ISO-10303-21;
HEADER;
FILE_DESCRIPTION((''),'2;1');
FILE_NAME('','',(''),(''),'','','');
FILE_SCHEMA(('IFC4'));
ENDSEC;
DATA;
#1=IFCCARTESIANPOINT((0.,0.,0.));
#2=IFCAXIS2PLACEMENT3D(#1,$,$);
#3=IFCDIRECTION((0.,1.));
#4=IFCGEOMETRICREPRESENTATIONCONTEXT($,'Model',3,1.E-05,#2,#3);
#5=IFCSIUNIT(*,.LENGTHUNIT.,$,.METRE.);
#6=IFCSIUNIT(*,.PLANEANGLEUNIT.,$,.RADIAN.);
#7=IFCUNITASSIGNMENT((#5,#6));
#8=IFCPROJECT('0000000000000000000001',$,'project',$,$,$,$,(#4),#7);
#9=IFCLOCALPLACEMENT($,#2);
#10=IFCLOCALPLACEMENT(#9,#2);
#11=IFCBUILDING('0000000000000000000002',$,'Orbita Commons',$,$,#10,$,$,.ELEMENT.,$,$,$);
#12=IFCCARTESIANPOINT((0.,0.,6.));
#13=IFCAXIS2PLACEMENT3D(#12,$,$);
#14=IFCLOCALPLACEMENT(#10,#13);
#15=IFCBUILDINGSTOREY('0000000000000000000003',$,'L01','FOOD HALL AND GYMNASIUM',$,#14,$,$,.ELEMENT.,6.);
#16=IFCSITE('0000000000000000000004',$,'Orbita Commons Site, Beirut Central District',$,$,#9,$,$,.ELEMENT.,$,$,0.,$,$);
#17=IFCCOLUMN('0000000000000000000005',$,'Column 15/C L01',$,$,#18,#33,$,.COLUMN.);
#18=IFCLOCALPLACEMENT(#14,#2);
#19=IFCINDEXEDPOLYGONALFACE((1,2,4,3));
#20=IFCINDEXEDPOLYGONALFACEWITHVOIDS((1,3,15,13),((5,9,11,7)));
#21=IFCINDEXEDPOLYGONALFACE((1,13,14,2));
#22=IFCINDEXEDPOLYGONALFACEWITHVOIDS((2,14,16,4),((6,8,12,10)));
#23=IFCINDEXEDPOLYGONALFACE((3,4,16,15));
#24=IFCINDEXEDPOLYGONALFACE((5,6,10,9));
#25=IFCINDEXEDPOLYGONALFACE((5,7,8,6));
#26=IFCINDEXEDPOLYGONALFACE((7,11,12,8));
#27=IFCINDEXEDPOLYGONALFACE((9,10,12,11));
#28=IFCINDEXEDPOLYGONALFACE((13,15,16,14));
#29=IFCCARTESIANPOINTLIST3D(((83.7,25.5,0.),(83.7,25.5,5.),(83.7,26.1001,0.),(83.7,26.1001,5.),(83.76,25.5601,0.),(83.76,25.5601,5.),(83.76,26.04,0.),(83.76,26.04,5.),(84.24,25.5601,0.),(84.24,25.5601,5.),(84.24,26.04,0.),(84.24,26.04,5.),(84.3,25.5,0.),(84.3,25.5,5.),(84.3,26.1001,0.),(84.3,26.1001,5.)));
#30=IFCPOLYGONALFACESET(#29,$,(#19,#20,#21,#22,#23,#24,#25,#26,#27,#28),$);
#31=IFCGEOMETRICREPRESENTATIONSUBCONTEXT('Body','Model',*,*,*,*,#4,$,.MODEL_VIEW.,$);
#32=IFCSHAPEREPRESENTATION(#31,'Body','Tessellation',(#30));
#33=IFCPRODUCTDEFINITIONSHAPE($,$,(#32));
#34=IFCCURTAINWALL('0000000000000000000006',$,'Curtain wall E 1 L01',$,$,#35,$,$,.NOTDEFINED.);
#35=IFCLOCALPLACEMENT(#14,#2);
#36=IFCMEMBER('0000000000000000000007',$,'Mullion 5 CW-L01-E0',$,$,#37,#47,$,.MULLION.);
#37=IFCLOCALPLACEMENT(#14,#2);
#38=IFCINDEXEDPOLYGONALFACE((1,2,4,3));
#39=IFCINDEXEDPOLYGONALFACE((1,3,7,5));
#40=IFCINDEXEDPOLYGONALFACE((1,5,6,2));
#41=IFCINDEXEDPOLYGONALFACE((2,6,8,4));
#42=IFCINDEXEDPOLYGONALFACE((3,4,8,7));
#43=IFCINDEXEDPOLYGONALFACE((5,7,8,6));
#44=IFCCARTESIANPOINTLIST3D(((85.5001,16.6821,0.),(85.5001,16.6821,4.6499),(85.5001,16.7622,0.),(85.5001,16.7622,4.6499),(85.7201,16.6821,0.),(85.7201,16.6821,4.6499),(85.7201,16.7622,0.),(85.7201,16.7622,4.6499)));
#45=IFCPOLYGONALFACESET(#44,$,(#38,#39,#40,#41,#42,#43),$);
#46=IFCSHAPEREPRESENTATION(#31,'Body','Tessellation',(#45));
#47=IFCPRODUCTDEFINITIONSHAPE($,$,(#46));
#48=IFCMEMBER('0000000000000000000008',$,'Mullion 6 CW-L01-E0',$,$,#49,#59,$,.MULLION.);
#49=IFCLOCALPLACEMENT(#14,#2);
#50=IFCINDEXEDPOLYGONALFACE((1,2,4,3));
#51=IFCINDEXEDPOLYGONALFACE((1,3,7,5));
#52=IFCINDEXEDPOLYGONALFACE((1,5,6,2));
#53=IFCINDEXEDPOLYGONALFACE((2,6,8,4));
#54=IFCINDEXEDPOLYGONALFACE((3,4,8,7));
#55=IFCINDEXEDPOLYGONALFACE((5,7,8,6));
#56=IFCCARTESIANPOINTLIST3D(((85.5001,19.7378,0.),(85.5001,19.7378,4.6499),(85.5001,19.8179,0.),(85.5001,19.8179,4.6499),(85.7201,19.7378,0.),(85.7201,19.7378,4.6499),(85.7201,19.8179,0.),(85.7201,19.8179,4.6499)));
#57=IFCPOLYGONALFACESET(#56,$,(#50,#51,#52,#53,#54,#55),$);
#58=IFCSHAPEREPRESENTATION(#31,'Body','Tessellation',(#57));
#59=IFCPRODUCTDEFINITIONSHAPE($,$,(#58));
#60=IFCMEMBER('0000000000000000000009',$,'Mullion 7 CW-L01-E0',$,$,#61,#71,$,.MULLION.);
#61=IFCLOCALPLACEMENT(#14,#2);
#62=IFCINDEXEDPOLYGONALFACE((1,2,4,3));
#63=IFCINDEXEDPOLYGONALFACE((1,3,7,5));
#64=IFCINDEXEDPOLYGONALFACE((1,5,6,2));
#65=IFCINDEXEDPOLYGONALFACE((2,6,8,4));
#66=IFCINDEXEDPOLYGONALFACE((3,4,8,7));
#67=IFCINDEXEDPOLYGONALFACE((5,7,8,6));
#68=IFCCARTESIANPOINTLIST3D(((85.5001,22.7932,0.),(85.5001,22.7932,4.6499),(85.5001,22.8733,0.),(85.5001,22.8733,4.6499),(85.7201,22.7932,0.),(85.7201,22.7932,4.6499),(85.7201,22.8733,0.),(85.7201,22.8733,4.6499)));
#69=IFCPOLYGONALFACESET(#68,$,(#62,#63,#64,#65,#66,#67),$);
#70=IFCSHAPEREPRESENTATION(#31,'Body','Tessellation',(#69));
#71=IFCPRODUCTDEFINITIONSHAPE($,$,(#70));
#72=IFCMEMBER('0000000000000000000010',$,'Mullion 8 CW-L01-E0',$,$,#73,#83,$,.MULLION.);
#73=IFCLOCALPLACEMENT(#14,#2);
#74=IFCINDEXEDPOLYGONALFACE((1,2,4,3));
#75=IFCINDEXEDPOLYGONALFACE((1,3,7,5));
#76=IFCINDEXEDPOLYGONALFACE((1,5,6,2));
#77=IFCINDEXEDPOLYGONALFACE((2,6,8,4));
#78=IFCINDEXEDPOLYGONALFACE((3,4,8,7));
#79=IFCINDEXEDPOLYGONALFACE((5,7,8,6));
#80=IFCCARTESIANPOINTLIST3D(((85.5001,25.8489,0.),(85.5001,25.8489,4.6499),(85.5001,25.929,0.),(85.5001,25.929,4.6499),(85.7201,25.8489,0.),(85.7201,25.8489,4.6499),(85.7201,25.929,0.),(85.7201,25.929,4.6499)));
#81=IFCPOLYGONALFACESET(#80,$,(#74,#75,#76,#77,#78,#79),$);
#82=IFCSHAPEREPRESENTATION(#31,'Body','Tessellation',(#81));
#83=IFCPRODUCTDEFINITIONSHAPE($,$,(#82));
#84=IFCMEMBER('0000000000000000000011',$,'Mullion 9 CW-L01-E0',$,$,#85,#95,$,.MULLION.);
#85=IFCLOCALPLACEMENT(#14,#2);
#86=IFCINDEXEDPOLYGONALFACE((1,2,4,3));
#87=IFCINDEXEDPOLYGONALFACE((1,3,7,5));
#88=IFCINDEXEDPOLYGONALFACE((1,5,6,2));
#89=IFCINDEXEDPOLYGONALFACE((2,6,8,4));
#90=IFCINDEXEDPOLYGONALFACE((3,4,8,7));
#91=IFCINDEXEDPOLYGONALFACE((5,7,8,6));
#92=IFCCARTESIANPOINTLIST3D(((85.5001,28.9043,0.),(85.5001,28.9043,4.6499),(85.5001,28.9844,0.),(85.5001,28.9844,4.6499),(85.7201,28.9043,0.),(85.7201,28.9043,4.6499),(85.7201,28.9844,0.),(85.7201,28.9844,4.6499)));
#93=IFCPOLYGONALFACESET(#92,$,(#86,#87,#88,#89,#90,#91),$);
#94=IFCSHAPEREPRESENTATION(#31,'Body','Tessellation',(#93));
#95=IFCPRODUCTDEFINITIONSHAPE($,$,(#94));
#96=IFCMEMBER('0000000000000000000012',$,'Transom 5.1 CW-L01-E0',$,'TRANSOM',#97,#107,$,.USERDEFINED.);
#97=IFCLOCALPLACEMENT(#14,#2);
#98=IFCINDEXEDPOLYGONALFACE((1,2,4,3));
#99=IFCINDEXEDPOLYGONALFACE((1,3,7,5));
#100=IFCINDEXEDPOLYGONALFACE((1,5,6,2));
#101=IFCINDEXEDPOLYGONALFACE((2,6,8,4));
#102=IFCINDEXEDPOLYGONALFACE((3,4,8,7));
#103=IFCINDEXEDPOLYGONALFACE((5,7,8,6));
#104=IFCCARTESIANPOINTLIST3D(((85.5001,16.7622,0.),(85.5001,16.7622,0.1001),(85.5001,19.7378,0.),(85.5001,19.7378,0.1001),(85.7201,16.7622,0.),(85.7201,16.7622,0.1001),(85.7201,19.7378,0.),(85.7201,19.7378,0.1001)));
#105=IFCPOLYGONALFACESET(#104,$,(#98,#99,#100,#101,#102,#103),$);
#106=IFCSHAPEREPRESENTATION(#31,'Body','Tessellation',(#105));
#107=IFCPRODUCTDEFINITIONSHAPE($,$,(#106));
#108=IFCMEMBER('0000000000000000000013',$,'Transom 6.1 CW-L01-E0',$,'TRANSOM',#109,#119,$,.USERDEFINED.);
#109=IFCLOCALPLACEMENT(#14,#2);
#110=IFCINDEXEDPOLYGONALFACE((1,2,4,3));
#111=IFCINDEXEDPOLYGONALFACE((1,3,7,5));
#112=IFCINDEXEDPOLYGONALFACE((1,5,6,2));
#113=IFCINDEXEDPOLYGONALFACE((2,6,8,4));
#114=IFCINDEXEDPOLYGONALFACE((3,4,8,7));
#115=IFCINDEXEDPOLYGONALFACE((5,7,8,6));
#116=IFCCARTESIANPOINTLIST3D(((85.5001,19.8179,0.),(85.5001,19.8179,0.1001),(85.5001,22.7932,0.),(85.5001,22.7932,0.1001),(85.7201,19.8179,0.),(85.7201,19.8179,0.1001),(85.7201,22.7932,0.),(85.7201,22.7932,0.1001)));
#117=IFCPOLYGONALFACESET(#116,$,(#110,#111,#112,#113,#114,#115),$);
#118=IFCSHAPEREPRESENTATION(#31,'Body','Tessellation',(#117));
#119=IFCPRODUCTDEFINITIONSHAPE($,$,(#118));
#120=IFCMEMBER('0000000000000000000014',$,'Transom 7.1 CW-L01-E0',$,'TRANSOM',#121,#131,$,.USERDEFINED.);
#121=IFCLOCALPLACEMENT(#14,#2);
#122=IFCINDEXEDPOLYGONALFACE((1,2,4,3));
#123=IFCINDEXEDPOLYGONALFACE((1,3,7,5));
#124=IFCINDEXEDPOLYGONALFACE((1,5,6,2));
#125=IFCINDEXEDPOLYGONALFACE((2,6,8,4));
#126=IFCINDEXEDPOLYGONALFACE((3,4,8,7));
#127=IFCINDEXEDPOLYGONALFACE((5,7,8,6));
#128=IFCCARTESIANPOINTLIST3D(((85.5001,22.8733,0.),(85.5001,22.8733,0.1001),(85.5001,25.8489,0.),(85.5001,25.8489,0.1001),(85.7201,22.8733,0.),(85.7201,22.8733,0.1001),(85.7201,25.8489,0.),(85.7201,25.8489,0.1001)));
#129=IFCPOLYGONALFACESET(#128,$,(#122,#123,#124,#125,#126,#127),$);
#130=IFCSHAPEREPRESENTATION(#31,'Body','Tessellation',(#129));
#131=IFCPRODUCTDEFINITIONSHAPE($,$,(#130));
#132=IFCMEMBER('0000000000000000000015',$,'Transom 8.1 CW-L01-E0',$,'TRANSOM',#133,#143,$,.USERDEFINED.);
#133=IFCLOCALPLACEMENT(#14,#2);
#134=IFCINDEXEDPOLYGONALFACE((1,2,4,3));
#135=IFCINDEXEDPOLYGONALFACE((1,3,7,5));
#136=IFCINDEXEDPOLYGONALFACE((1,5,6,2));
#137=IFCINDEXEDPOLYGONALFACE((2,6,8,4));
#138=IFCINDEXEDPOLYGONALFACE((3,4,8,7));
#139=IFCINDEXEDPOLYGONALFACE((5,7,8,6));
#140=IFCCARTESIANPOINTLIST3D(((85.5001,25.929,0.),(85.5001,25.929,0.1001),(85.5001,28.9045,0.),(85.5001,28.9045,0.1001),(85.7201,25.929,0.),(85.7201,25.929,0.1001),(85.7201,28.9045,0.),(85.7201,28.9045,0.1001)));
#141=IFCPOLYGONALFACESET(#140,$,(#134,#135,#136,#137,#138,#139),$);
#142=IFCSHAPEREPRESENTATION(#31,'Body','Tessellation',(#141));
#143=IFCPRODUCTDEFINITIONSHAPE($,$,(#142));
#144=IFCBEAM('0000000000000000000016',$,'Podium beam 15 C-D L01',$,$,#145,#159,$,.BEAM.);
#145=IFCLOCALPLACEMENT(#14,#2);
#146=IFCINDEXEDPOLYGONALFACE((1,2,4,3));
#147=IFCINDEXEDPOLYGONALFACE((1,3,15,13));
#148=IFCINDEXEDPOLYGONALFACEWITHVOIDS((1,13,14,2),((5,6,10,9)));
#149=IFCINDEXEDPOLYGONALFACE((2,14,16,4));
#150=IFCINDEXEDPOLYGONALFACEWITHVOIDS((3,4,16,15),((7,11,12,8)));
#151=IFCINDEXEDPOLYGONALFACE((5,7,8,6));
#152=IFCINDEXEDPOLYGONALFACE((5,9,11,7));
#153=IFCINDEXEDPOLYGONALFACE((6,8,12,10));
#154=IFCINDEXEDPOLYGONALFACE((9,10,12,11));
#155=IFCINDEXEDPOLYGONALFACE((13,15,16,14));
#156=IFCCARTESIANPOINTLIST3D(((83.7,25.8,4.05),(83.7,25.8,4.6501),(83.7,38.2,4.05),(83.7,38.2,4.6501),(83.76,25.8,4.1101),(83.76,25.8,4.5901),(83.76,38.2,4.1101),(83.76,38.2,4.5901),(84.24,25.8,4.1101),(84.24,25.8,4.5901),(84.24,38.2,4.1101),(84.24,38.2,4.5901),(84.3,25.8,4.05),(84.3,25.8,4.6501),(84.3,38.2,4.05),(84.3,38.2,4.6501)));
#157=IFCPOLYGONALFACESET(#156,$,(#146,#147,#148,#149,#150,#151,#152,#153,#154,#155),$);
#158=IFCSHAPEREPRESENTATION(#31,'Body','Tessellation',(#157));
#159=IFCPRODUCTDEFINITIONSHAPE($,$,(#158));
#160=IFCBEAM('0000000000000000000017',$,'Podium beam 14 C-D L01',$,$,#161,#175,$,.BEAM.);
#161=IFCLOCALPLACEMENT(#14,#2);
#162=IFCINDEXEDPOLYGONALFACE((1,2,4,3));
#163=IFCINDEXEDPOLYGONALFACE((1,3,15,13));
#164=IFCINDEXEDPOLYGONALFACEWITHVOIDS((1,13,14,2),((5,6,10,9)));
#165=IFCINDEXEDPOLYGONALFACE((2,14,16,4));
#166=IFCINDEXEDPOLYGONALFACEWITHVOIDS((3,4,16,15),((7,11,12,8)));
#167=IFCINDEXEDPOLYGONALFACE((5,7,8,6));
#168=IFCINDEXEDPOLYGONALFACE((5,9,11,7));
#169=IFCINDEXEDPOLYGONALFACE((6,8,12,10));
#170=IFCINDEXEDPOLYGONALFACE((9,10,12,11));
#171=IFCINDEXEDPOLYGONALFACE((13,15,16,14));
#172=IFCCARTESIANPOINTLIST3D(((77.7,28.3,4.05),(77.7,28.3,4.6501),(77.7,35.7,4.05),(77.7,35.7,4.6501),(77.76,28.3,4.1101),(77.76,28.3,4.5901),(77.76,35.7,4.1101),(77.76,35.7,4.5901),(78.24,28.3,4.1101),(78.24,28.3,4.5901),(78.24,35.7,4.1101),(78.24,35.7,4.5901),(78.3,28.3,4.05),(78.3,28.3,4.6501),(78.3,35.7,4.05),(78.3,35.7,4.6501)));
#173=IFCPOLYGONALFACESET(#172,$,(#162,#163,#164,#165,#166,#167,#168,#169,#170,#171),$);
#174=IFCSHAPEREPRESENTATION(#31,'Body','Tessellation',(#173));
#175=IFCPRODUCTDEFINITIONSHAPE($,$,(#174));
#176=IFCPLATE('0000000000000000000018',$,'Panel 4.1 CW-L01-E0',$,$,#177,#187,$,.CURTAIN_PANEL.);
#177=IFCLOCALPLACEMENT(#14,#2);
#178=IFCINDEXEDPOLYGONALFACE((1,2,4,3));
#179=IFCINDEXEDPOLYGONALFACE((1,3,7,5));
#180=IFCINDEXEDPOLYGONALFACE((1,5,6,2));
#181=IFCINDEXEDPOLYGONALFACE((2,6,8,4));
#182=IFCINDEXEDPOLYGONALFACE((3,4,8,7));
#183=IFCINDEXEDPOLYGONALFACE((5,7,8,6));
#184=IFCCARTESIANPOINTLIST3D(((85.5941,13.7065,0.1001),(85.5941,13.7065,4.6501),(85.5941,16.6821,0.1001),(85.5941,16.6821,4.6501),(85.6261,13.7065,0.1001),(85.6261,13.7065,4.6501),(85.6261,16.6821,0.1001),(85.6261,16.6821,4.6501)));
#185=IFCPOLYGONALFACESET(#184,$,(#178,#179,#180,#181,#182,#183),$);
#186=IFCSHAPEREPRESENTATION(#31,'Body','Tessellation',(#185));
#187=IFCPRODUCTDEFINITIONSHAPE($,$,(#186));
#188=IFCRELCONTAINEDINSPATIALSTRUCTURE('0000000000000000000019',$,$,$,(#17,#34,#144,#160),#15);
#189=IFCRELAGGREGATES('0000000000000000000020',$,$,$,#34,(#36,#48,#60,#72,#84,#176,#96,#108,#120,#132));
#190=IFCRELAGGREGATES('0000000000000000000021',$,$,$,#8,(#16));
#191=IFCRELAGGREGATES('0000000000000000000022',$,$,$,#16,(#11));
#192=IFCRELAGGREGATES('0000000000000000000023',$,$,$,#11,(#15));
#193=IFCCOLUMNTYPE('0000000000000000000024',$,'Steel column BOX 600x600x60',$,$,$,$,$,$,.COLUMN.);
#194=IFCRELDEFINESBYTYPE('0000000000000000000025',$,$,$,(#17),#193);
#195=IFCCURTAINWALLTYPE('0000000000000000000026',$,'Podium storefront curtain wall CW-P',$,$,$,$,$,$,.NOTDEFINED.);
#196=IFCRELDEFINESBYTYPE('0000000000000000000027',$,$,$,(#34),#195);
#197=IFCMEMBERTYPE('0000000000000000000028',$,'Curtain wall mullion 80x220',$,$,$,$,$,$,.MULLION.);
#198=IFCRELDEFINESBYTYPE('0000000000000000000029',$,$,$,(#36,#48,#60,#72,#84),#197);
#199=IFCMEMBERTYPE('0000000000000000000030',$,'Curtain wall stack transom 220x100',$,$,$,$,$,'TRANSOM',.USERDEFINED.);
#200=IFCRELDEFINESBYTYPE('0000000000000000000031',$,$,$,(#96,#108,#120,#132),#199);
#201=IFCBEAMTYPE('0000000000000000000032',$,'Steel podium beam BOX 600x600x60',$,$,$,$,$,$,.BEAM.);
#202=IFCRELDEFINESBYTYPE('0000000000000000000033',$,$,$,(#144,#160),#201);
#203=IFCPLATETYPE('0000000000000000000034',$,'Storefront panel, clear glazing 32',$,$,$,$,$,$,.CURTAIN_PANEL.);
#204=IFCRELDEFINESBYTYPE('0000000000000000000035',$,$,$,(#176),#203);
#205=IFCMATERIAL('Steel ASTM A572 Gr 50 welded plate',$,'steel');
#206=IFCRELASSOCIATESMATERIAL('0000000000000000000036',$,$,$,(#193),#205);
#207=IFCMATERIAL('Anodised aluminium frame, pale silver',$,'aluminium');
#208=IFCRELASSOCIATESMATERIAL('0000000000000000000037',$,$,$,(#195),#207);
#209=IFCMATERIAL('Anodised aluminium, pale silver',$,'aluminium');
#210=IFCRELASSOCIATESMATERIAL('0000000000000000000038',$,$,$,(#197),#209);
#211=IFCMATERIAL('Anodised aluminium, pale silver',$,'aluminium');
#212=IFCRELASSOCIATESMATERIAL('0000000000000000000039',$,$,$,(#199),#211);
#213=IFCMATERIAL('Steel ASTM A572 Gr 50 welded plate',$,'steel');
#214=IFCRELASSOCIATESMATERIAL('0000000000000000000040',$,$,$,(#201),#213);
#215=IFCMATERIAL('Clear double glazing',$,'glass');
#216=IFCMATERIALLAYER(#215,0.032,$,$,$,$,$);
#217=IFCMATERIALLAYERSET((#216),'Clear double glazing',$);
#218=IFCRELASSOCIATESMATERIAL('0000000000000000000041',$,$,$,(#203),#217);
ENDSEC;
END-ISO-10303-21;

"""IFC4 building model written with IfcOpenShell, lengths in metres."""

from ifc_helpers import new_model, si_unit, direction, frame, origin, origin_2d, place, context, subcontext, project, spatial, rectangle, hollow_rectangle, extrude, material, layer, layer_set, material_profile, profile_set, type_object, element, aggregate, save


model = new_model("IFC4")

# Units and contexts
model_context = context("Model", 3, precision=1e-05, world=origin(), true_north=direction((0.0, 1.0)))
body_context = subcontext(model_context, "Body", "Model", "MODEL_VIEW")
ifc_project = project(units=[si_unit("LENGTHUNIT", "METRE"), si_unit("PLANEANGLEUNIT", "RADIAN")], contexts=[model_context])

# Site, building, storey
site_placement = place(None, origin())
site = spatial("IfcSite", under=ifc_project, at=site_placement, Name="Orbita Commons Site, Beirut Central District", CompositionType="ELEMENT", RefElevation=0.0)
building_placement = place(site_placement, origin())
building = spatial("IfcBuilding", under=site, at=building_placement, Name="Orbita Commons", CompositionType="ELEMENT")
storey_placement = place(building_placement, frame((0.0, 0.0, 6.0)))
storey = spatial("IfcBuildingStorey", under=building, at=storey_placement, Name="L01", Description="FOOD HALL AND GYMNASIUM", CompositionType="ELEMENT", Elevation=6.0)

# Column
ifc_material_1 = material(Name="Steel ASTM A572 Gr 50 welded plate", Category="steel")
ifc_material_profile_1 = material_profile(ifc_material_1, hollow_rectangle(XDim=0.6001, YDim=0.6001, WallThickness=0.0601, at=origin_2d()), Name="BOX 600x600x60")
ifc_profile_set_1 = profile_set([ifc_material_profile_1], Name="Steel ASTM A572 Gr 50 welded plate")
column_type = type_object("IfcColumnType", Name="Steel column BOX 600x600x60", PredefinedType="COLUMN", material=ifc_profile_set_1)
column_placement = place(storey_placement, frame((84.0, 25.8, 0.0), z_axis=(0.0, 0.0, 1.0), x_axis=(1.0, 0.0, 0.0)))
element("IfcColumn", 1, at=column_placement, inside=storey, type_object=column_type, Name="Column 15/C L01", PredefinedType="COLUMN", context=body_context, shape_type="SweptSolid", body=[
    extrude(hollow_rectangle(XDim=0.6001, YDim=0.6001, WallThickness=0.0601, at=origin_2d()), origin(), (0.0, 0.0, 1.0), 5.0),
])

# Curtain wall, members
ifc_material_2 = material(Name="Anodised aluminium frame, pale silver", Category="aluminium")
curtain_wall_type = type_object("IfcCurtainWallType", Name="Podium storefront curtain wall CW-P", PredefinedType="NOTDEFINED", material=ifc_material_2)
curtain_wall_placement = place(storey_placement, origin())
curtain_wall = element("IfcCurtainWall", 2, at=curtain_wall_placement, inside=storey, type_object=curtain_wall_type, Name="Curtain wall E 1 L01", PredefinedType="NOTDEFINED")
ifc_material_3 = material(Name="Anodised aluminium, pale silver", Category="aluminium")
ifc_material_profile_2 = material_profile(ifc_material_3, rectangle(XDim=0.0801, YDim=0.22, at=origin_2d()), Name="AL 80x220")
ifc_profile_set_2 = profile_set([ifc_material_profile_2], Name="Anodised aluminium, pale silver")
member_type_1 = type_object("IfcMemberType", Name="Curtain wall mullion 80x220", PredefinedType="MULLION", material=ifc_profile_set_2)
member_1_placement = place(storey_placement, frame((85.6101, 16.7222, 0.0), z_axis=(0.0, 0.0, 1.0), x_axis=(0.0, 1.0, 0.0)))
member_1 = element("IfcMember", 3, at=member_1_placement, type_object=member_type_1, Name="Mullion 5 CW-L01-E0", PredefinedType="MULLION", context=body_context, shape_type="SweptSolid", body=[
    extrude(rectangle(XDim=0.0801, YDim=0.22, at=origin_2d()), origin(), (0.0, 0.0, 1.0), 4.6499),
])
member_2_placement = place(storey_placement, frame((85.6101, 19.7778, 0.0), z_axis=(0.0, 0.0, 1.0), x_axis=(0.0, 1.0, 0.0)))
member_2 = element("IfcMember", 4, at=member_2_placement, type_object=member_type_1, Name="Mullion 6 CW-L01-E0", PredefinedType="MULLION", context=body_context, shape_type="SweptSolid", body=[
    extrude(rectangle(XDim=0.0801, YDim=0.22, at=origin_2d()), origin(), (0.0, 0.0, 1.0), 4.6499),
])
member_3_placement = place(storey_placement, frame((85.6101, 22.8333, 0.0), z_axis=(0.0, 0.0, 1.0), x_axis=(0.0, 1.0, 0.0)))
member_3 = element("IfcMember", 5, at=member_3_placement, type_object=member_type_1, Name="Mullion 7 CW-L01-E0", PredefinedType="MULLION", context=body_context, shape_type="SweptSolid", body=[
    extrude(rectangle(XDim=0.0801, YDim=0.22, at=origin_2d()), origin(), (0.0, 0.0, 1.0), 4.6499),
])
member_4_placement = place(storey_placement, frame((85.6101, 25.8889, 0.0), z_axis=(0.0, 0.0, 1.0), x_axis=(0.0, 1.0, 0.0)))
member_4 = element("IfcMember", 6, at=member_4_placement, type_object=member_type_1, Name="Mullion 8 CW-L01-E0", PredefinedType="MULLION", context=body_context, shape_type="SweptSolid", body=[
    extrude(rectangle(XDim=0.0801, YDim=0.22, at=origin_2d()), origin(), (0.0, 0.0, 1.0), 4.6499),
])
member_5_placement = place(storey_placement, frame((85.6101, 28.9443, 0.0), z_axis=(0.0, 0.0, 1.0), x_axis=(0.0, 1.0, 0.0)))
member_5 = element("IfcMember", 7, at=member_5_placement, type_object=member_type_1, Name="Mullion 9 CW-L01-E0", PredefinedType="MULLION", context=body_context, shape_type="SweptSolid", body=[
    extrude(rectangle(XDim=0.0801, YDim=0.22, at=origin_2d()), origin(), (0.0, 0.0, 1.0), 4.6499),
])
ifc_material_4 = material(Name="Anodised aluminium, pale silver", Category="aluminium")
ifc_material_profile_3 = material_profile(ifc_material_4, rectangle(XDim=0.22, YDim=0.1001, at=origin_2d()), Name="AL 220x100")
ifc_profile_set_3 = profile_set([ifc_material_profile_3], Name="Anodised aluminium, pale silver")
member_type_2 = type_object("IfcMemberType", Name="Curtain wall stack transom 220x100", ElementType="TRANSOM", PredefinedType="USERDEFINED", material=ifc_profile_set_3)
member_6_placement = place(storey_placement, frame((85.6101, 16.7622, 0.05), z_axis=(0.0, 1.0, 0.0), x_axis=(-1.0, 0.0, 0.0)))
member_6 = element("IfcMember", 8, at=member_6_placement, type_object=member_type_2, Name="Transom 5.1 CW-L01-E0", ObjectType="TRANSOM", PredefinedType="USERDEFINED", context=body_context, shape_type="SweptSolid", body=[
    extrude(rectangle(XDim=0.22, YDim=0.1001, at=origin_2d()), origin(), (0.0, 0.0, 1.0), 2.9756),
])
member_7_placement = place(storey_placement, frame((85.6101, 19.8179, 0.05), z_axis=(0.0, 1.0, 0.0), x_axis=(-1.0, 0.0, 0.0)))
member_7 = element("IfcMember", 9, at=member_7_placement, type_object=member_type_2, Name="Transom 6.1 CW-L01-E0", ObjectType="TRANSOM", PredefinedType="USERDEFINED", context=body_context, shape_type="SweptSolid", body=[
    extrude(rectangle(XDim=0.22, YDim=0.1001, at=origin_2d()), origin(), (0.0, 0.0, 1.0), 2.9753),
])
member_8_placement = place(storey_placement, frame((85.6101, 22.8733, 0.05), z_axis=(0.0, 1.0, 0.0), x_axis=(-1.0, 0.0, 0.0)))
member_8 = element("IfcMember", 10, at=member_8_placement, type_object=member_type_2, Name="Transom 7.1 CW-L01-E0", ObjectType="TRANSOM", PredefinedType="USERDEFINED", context=body_context, shape_type="SweptSolid", body=[
    extrude(rectangle(XDim=0.22, YDim=0.1001, at=origin_2d()), origin(), (0.0, 0.0, 1.0), 2.9756),
])
member_9_placement = place(storey_placement, frame((85.6101, 25.929, 0.05), z_axis=(0.0, 1.0, 0.0), x_axis=(-1.0, 0.0, 0.0)))
member_9 = element("IfcMember", 11, at=member_9_placement, type_object=member_type_2, Name="Transom 8.1 CW-L01-E0", ObjectType="TRANSOM", PredefinedType="USERDEFINED", context=body_context, shape_type="SweptSolid", body=[
    extrude(rectangle(XDim=0.22, YDim=0.1001, at=origin_2d()), origin(), (0.0, 0.0, 1.0), 2.9756),
])

# Beams
ifc_material_5 = material(Name="Steel ASTM A572 Gr 50 welded plate", Category="steel")
ifc_material_profile_4 = material_profile(ifc_material_5, hollow_rectangle(XDim=0.6001, YDim=0.6001, WallThickness=0.0601, at=origin_2d()), Name="BOX 600x600x60")
ifc_profile_set_4 = profile_set([ifc_material_profile_4], Name="Steel ASTM A572 Gr 50 welded plate")
beam_type = type_object("IfcBeamType", Name="Steel podium beam BOX 600x600x60", PredefinedType="BEAM", material=ifc_profile_set_4)
beam_1_placement = place(storey_placement, frame((84.0, 25.8, 4.3501), z_axis=(0.0, 1.0, 0.0), x_axis=(-1.0, 0.0, 0.0)))
element("IfcBeam", 12, at=beam_1_placement, inside=storey, type_object=beam_type, Name="Podium beam 15 C-D L01", PredefinedType="BEAM", context=body_context, shape_type="SweptSolid", body=[
    extrude(hollow_rectangle(XDim=0.6001, YDim=0.6001, WallThickness=0.0601, at=origin_2d()), origin(), (0.0, 0.0, 1.0), 12.3999),
])
beam_2_placement = place(storey_placement, frame((78.0, 28.3, 4.3501), z_axis=(0.0, 1.0, 0.0), x_axis=(-1.0, 0.0, 0.0)))
element("IfcBeam", 13, at=beam_2_placement, inside=storey, type_object=beam_type, Name="Podium beam 14 C-D L01", PredefinedType="BEAM", context=body_context, shape_type="SweptSolid", body=[
    extrude(hollow_rectangle(XDim=0.6001, YDim=0.6001, WallThickness=0.0601, at=origin_2d()), origin(), (0.0, 0.0, 1.0), 7.3999),
])

# Plate
ifc_material_6 = material(Name="Clear double glazing", Category="glass")
ifc_layer_1 = layer(ifc_material_6, 0.032)
ifc_layer_set_1 = layer_set([ifc_layer_1], Name="Clear double glazing")
plate_type = type_object("IfcPlateType", Name="Storefront panel, clear glazing 32", PredefinedType="CURTAIN_PANEL", material=ifc_layer_set_1)
plate_1_placement = place(storey_placement, frame((85.6101, 15.1943, 0.1001), z_axis=(0.0, 0.0, 1.0), x_axis=(0.0, 1.0, 0.0)))
plate_1 = element("IfcPlate", 14, at=plate_1_placement, type_object=plate_type, Name="Panel 4.1 CW-L01-E0", PredefinedType="CURTAIN_PANEL", context=body_context, shape_type="SweptSolid", body=[
    extrude(rectangle(XDim=2.9756, YDim=0.032, at=origin_2d()), origin(), (0.0, 0.0, 1.0), 4.55),
])
aggregate(curtain_wall, [member_1, member_2, member_3, member_4, member_5, plate_1, member_6, member_7, member_8, member_9])

save(model, "model.ifc")
